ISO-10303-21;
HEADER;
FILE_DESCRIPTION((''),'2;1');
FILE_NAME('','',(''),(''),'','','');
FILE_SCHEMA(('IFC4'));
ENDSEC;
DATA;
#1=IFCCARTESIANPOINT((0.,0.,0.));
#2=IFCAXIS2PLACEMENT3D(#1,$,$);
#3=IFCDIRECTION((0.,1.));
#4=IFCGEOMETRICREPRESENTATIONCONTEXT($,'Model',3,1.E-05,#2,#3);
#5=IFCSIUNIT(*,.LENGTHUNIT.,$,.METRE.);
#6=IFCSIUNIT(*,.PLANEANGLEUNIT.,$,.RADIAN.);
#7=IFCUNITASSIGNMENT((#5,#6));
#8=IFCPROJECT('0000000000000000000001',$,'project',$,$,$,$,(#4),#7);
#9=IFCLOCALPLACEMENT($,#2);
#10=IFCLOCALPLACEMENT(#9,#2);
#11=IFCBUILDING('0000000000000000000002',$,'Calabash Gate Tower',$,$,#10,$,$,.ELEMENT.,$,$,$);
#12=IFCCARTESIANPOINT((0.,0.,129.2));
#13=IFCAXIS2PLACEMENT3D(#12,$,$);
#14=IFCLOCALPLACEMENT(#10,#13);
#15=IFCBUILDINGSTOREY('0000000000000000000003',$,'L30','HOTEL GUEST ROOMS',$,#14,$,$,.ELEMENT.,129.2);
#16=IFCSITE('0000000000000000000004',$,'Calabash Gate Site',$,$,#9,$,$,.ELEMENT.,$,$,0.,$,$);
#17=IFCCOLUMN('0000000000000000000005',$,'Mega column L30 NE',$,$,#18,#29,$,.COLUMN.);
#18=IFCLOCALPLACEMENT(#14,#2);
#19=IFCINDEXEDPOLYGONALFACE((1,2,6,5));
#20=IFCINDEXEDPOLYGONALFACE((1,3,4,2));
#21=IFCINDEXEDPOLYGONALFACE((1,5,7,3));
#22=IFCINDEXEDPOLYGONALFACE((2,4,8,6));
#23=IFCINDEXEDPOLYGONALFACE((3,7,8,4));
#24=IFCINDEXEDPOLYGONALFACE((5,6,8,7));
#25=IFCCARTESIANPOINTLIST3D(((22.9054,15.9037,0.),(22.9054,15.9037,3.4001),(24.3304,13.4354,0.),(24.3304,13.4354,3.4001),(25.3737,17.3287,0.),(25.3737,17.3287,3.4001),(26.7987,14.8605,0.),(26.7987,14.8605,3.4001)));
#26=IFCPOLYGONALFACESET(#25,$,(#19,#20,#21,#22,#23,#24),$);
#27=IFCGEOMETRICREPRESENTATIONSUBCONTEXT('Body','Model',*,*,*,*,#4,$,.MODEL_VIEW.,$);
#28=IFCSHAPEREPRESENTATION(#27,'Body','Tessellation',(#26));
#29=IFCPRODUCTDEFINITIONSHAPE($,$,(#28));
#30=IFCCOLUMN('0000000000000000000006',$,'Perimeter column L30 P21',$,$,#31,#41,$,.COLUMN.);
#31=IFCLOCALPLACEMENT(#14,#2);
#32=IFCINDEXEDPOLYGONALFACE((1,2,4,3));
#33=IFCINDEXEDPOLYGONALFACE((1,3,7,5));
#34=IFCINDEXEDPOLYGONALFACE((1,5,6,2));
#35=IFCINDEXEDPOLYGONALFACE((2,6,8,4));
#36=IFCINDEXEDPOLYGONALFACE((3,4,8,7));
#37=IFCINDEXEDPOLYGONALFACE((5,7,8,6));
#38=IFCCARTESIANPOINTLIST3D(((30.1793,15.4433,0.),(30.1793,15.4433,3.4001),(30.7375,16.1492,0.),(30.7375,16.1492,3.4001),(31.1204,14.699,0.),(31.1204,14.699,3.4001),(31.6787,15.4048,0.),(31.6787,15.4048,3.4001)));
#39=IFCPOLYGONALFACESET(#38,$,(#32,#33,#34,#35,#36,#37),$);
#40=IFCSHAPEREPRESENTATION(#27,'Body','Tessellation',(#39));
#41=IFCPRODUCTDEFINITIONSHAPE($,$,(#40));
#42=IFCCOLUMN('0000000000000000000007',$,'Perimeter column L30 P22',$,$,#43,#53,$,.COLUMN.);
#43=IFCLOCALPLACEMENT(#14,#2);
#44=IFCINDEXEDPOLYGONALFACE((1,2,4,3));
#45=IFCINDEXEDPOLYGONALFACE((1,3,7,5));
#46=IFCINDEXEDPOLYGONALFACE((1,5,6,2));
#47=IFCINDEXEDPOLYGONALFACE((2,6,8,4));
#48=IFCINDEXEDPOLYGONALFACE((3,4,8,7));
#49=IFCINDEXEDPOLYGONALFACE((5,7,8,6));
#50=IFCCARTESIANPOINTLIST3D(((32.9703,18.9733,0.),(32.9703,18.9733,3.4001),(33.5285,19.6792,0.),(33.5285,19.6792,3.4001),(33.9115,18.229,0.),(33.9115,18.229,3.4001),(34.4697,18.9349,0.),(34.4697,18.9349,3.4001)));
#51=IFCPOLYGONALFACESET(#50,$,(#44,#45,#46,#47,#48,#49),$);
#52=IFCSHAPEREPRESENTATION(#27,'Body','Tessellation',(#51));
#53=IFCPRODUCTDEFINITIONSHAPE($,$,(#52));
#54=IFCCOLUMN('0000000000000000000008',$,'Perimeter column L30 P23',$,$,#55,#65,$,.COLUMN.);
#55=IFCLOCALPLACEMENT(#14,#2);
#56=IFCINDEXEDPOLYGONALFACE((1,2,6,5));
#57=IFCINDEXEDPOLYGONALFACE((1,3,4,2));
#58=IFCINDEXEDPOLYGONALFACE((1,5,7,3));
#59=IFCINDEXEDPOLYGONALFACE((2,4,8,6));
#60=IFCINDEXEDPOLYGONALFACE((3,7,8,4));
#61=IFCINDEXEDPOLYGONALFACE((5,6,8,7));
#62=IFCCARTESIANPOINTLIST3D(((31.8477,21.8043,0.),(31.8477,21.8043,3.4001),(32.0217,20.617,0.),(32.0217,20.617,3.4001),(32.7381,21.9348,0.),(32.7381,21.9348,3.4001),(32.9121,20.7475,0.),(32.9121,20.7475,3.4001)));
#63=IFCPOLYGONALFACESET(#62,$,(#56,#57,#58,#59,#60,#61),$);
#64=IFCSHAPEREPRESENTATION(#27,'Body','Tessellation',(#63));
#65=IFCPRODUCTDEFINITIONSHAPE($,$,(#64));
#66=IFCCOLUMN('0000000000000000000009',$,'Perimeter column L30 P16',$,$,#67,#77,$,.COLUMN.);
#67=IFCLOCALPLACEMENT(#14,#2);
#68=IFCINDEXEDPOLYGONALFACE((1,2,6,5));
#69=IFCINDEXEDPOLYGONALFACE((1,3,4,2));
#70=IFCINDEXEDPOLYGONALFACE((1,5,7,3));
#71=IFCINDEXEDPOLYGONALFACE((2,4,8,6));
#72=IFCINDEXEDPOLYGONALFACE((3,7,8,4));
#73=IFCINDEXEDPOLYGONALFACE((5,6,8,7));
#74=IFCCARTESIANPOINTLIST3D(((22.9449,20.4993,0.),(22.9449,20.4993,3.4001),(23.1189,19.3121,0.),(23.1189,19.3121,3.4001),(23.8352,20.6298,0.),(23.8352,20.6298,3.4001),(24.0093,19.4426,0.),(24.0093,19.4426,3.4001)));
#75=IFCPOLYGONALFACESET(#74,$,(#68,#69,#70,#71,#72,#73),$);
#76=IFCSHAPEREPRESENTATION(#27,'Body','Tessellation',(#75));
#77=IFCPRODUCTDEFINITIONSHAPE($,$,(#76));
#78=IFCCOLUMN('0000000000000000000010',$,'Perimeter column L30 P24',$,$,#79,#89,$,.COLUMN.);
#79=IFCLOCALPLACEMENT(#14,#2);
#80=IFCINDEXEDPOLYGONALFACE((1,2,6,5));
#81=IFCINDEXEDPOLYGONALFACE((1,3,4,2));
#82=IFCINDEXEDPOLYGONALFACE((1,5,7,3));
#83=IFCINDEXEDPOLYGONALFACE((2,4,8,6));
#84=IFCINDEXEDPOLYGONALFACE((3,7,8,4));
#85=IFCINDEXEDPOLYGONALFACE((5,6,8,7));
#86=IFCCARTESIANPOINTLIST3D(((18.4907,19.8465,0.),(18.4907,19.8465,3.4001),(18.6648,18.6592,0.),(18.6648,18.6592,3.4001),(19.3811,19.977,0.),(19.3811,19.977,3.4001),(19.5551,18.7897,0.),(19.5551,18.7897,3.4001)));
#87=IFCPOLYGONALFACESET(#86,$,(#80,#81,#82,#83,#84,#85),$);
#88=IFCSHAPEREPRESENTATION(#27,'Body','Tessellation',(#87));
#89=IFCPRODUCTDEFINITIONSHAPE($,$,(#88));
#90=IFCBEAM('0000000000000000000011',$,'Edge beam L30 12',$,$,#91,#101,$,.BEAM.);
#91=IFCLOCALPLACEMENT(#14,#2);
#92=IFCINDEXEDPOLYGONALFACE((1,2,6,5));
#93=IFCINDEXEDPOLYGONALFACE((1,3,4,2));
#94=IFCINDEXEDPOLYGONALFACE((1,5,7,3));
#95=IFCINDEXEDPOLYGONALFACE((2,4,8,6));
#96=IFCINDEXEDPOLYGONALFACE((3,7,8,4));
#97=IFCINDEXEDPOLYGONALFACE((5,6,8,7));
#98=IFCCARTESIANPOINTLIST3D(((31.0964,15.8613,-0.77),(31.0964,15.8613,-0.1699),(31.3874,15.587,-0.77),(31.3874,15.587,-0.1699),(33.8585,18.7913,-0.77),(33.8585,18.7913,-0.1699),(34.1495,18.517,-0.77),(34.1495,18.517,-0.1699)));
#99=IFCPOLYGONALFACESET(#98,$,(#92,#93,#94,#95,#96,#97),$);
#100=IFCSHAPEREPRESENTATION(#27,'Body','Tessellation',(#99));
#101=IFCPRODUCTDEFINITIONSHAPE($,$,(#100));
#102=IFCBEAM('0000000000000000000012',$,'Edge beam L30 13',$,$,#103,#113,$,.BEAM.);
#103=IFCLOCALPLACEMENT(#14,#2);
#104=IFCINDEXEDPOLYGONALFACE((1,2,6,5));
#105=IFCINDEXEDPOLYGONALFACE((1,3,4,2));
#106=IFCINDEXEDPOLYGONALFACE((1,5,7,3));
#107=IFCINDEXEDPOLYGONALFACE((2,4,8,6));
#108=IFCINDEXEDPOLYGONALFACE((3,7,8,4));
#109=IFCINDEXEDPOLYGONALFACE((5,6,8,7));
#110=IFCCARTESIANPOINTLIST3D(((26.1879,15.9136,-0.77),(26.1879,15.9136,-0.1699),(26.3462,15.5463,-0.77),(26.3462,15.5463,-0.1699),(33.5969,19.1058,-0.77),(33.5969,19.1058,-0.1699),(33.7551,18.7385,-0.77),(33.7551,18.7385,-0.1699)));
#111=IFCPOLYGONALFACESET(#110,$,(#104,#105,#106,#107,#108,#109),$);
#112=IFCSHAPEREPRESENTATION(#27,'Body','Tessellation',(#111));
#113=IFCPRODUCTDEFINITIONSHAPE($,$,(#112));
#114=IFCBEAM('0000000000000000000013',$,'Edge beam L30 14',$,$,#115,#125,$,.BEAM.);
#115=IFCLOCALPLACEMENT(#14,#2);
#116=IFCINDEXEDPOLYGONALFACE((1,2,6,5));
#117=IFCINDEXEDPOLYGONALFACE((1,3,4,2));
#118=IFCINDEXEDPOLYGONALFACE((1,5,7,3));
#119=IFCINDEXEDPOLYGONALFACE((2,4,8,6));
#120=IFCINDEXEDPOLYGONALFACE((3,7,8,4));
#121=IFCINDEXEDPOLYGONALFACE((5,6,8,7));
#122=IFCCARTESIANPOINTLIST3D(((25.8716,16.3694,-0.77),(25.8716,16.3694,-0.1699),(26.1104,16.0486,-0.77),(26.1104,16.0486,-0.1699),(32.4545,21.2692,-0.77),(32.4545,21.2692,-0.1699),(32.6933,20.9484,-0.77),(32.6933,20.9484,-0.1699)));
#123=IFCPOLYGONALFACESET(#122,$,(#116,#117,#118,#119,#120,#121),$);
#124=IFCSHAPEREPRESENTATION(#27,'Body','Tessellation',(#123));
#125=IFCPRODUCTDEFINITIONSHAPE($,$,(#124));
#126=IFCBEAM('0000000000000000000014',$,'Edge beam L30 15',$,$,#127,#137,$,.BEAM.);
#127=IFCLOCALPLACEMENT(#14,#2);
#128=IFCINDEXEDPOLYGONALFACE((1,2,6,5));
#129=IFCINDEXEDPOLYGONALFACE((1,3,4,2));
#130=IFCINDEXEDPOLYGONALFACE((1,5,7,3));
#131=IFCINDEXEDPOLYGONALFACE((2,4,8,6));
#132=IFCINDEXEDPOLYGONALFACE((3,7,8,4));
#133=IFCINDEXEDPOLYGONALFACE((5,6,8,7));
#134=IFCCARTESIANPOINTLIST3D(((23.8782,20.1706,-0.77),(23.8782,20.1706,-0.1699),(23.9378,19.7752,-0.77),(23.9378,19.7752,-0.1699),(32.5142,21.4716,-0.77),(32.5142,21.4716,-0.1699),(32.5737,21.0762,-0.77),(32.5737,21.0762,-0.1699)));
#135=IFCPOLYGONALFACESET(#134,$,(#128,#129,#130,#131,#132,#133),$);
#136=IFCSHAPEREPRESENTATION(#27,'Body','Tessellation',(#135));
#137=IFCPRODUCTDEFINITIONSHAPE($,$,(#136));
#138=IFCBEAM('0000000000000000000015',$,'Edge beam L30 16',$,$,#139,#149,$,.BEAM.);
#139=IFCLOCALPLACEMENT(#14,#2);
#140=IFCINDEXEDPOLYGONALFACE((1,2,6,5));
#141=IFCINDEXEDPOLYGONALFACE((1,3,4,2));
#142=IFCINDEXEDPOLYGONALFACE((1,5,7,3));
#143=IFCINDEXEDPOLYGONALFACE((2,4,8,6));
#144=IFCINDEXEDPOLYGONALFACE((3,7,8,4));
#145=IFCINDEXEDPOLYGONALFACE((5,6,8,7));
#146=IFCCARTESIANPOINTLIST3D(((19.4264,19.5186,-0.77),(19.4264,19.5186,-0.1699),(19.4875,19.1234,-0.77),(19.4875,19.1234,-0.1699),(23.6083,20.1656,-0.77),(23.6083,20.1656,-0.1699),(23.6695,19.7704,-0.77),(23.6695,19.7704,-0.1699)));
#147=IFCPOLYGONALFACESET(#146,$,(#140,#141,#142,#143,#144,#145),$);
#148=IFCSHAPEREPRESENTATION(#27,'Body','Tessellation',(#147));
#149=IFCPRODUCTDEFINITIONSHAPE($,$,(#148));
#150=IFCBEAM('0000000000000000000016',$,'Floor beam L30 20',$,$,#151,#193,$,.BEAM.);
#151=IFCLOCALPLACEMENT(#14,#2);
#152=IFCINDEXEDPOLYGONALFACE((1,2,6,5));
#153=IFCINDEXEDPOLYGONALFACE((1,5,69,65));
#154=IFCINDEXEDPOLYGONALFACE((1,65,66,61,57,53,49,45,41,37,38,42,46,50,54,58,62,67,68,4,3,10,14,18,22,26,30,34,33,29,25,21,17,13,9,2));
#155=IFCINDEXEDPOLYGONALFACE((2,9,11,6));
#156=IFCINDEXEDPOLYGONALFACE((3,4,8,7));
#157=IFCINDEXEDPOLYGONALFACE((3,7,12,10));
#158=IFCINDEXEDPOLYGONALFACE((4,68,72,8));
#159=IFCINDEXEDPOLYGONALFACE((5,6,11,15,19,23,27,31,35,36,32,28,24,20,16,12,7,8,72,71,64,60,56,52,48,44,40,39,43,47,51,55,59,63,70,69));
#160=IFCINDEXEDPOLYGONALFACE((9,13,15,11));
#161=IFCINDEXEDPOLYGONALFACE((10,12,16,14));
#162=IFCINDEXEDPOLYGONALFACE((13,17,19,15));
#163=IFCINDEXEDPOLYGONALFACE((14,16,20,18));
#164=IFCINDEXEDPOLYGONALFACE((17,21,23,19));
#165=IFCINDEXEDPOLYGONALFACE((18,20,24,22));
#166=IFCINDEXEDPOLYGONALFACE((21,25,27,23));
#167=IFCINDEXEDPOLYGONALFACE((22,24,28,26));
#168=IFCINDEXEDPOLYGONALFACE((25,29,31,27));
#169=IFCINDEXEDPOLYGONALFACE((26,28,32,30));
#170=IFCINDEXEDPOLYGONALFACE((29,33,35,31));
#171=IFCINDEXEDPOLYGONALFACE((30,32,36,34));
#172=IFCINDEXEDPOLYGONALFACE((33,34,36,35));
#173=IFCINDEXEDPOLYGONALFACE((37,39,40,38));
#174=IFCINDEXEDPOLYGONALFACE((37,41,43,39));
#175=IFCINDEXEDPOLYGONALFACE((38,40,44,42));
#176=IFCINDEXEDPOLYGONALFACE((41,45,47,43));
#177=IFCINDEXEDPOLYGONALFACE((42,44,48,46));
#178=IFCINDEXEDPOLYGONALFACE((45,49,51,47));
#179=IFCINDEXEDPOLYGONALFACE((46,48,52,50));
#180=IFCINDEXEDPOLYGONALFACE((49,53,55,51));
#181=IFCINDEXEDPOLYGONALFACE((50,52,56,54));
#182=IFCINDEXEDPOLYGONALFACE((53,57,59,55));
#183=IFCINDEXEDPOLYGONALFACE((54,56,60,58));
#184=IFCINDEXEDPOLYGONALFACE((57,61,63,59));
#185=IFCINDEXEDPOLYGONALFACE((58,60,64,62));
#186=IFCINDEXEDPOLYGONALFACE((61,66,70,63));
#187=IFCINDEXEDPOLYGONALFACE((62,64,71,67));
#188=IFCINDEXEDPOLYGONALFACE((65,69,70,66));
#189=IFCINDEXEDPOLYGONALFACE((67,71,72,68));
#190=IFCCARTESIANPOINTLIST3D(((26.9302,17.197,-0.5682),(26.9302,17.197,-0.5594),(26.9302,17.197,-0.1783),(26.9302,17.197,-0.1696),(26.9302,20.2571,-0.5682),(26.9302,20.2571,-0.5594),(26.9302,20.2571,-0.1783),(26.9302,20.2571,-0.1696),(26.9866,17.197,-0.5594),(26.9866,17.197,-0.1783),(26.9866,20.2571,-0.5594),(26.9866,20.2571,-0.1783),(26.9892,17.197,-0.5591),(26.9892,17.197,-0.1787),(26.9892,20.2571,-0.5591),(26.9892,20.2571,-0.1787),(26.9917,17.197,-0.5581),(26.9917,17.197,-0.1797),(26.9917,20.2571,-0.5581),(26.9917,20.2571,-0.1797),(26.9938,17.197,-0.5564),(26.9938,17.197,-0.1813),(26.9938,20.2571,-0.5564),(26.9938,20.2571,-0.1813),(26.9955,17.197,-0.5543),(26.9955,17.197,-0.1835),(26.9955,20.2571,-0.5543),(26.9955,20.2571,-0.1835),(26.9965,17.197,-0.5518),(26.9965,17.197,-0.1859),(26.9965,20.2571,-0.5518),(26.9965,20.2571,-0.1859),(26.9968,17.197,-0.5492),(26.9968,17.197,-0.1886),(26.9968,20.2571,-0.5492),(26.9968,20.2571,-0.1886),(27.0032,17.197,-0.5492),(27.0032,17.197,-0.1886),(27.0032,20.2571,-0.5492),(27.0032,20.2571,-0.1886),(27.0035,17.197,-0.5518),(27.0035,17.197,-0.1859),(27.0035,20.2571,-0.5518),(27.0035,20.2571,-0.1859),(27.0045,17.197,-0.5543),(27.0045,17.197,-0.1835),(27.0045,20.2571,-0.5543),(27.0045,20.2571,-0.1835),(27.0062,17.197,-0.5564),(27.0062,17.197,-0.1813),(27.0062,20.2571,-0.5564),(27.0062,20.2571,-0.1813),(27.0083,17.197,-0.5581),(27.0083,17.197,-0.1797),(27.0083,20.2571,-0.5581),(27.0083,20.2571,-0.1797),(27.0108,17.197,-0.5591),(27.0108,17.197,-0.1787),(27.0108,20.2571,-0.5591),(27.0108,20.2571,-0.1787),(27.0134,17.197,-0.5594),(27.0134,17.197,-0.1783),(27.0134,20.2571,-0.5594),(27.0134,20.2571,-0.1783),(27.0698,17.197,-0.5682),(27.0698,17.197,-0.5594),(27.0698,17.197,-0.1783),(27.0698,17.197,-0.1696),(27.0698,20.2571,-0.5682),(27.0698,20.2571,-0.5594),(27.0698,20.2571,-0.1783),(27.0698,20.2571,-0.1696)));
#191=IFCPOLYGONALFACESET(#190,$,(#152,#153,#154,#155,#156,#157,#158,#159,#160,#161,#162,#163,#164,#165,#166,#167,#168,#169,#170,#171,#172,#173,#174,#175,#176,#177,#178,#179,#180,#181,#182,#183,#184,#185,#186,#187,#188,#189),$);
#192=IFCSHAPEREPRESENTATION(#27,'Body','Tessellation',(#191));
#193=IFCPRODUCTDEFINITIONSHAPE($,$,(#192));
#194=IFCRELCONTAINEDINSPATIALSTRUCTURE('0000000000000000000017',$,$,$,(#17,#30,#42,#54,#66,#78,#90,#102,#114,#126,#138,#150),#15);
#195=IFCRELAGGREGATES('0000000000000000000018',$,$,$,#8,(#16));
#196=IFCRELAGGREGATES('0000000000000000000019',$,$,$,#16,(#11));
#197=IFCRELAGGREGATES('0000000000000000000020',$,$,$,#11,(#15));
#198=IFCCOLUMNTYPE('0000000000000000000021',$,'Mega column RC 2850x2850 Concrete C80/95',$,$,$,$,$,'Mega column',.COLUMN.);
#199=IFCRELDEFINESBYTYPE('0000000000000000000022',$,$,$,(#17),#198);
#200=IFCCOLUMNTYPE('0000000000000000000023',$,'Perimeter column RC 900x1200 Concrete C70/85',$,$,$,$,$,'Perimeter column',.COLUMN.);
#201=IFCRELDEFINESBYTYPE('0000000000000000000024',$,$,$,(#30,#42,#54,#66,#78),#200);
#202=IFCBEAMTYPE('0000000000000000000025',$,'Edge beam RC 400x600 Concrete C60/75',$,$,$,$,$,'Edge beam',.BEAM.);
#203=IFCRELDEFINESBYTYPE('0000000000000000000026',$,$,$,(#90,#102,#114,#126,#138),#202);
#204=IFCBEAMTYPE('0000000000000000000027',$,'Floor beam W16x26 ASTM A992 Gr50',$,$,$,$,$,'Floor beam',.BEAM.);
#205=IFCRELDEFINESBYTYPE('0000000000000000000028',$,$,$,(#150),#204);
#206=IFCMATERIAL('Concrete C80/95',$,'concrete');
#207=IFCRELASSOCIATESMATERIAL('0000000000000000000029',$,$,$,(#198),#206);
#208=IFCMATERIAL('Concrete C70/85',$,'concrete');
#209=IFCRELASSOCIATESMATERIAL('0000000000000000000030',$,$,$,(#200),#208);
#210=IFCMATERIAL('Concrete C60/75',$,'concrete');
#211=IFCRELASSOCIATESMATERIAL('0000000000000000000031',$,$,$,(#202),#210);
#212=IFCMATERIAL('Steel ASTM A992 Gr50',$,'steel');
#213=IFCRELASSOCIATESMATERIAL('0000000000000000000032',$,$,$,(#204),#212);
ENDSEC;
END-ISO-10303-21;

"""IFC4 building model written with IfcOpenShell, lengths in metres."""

from ifc_helpers import new_model, si_unit, direction, frame, origin, origin_2d, place, context, subcontext, project, spatial, rectangle, i_section, extrude, material, material_profile, profile_set, type_object, element, save


model = new_model("IFC4")

# Units and contexts
model_context = context("Model", 3, precision=1e-05, world=origin(), true_north=direction((0.0, 1.0)))
body_context = subcontext(model_context, "Body", "Model", "MODEL_VIEW")
ifc_project = project(units=[si_unit("LENGTHUNIT", "METRE"), si_unit("PLANEANGLEUNIT", "RADIAN")], contexts=[model_context])

# Site, building, storey
site_placement = place(None, origin())
site = spatial("IfcSite", under=ifc_project, at=site_placement, Name="Calabash Gate Site", CompositionType="ELEMENT", RefElevation=0.0)
building_placement = place(site_placement, origin())
building = spatial("IfcBuilding", under=site, at=building_placement, Name="Calabash Gate Tower", CompositionType="ELEMENT")
storey_placement = place(building_placement, frame((0.0, 0.0, 129.2)))
storey = spatial("IfcBuildingStorey", under=building, at=storey_placement, Name="L30", Description="HOTEL GUEST ROOMS", CompositionType="ELEMENT", Elevation=129.2)

# Columns
ifc_material_1 = material(Name="Concrete C80/95", Category="concrete")
ifc_material_profile_1 = material_profile(ifc_material_1, rectangle(XDim=2.8501, YDim=2.8501, at=origin_2d()))
ifc_profile_set_1 = profile_set([ifc_material_profile_1], Name="Concrete C80/95")
column_type_1 = type_object("IfcColumnType", Name="Mega column RC 2850x2850 Concrete C80/95", ElementType="Mega column", PredefinedType="COLUMN", material=ifc_profile_set_1)
column_placement = place(storey_placement, frame((24.8521, 15.3821, 0.0), z_axis=(0.0, 0.0, 1.0), x_axis=(-0.866025, -0.5, 0.0)))
element("IfcColumn", 1, at=column_placement, inside=storey, type_object=column_type_1, Name="Mega column L30 NE", PredefinedType="COLUMN", context=body_context, shape_type="SweptSolid", body=[
    extrude(rectangle(XDim=2.8501, YDim=2.8501, at=origin_2d()), origin(), (0.0, 0.0, 1.0), 3.4001),
])
ifc_material_2 = material(Name="Concrete C70/85", Category="concrete")
ifc_material_profile_2 = material_profile(ifc_material_2, rectangle(XDim=0.8999, YDim=1.2, at=origin_2d()))
ifc_profile_set_2 = profile_set([ifc_material_profile_2], Name="Concrete C70/85")
column_type_2 = type_object("IfcColumnType", Name="Perimeter column RC 900x1200 Concrete C70/85", ElementType="Perimeter column", PredefinedType="COLUMN", material=ifc_profile_set_2)
for number, where, z_axis, x_axis, name in (
    (2, (30.929, 15.4241, 0.0), (0.0, 0.0, 1.0), (0.620301, 0.784364, 0.0), "Perimeter column L30 P21"),
    (3, (33.72, 18.9541, 0.0), (0.0, 0.0, 1.0), (0.620301, 0.784364, 0.0), "Perimeter column L30 P22"),
    (4, (32.3799, 21.2759, 0.0), (0.0, 0.0, 1.0), (-0.98943, -0.145015, 0.0), "Perimeter column L30 P23"),
    (5, (23.4771, 19.9709, 0.0), (0.0, 0.0, 1.0), (-0.98943, -0.145015, 0.0), "Perimeter column L30 P16"),
    (6, (19.0229, 19.3181, 0.0), (0.0, 0.0, 1.0), (-0.98943, -0.145015, 0.0), "Perimeter column L30 P24"),
):
    element("IfcColumn", number, at=place(storey_placement, frame(where, z_axis=z_axis, x_axis=x_axis)), inside=storey, type_object=column_type_2, Name=name, PredefinedType="COLUMN", context=body_context, shape_type="SweptSolid", body=[
        extrude(rectangle(XDim=0.8999, YDim=1.2, at=origin_2d()), origin(), (0.0, 0.0, 1.0), 3.4001),
    ])

# Beams
ifc_material_3 = material(Name="Concrete C60/75", Category="concrete")
ifc_material_profile_3 = material_profile(ifc_material_3, rectangle(XDim=0.3999, YDim=0.6001, at=origin_2d()))
ifc_profile_set_3 = profile_set([ifc_material_profile_3], Name="Concrete C60/75")
beam_type_1 = type_object("IfcBeamType", Name="Edge beam RC 400x600 Concrete C60/75", ElementType="Edge beam", PredefinedType="BEAM", material=ifc_profile_set_3)
beam_1_placement = place(storey_placement, frame((31.2419, 15.7241, -0.47), z_axis=(0.685941, 0.727657, 0.0), x_axis=(-0.727657, 0.685941, 0.0)))
element("IfcBeam", 7, at=beam_1_placement, inside=storey, type_object=beam_type_1, Name="Edge beam L30 12", PredefinedType="BEAM", context=body_context, shape_type="SweptSolid", body=[
    extrude(rectangle(XDim=0.3999, YDim=0.6001, at=origin_2d()), origin(), (0.0, 0.0, 1.0), 4.0266),
])
beam_2_placement = place(storey_placement, frame((33.676, 18.9221, -0.47), z_axis=(-0.918386, -0.395686, 0.0), x_axis=(0.395686, -0.918386, 0.0)))
element("IfcBeam", 8, at=beam_2_placement, inside=storey, type_object=beam_type_1, Name="Edge beam L30 13", PredefinedType="BEAM", context=body_context, shape_type="SweptSolid", body=[
    extrude(rectangle(XDim=0.3999, YDim=0.6001, at=origin_2d()), origin(), (0.0, 0.0, 1.0), 8.0674),
])
beam_3_placement = place(storey_placement, frame((25.991, 16.209, -0.47), z_axis=(0.80218, 0.597083, 0.0), x_axis=(-0.597083, 0.80218, 0.0)))
element("IfcBeam", 9, at=beam_3_placement, inside=storey, type_object=beam_type_1, Name="Edge beam L30 14", PredefinedType="BEAM", context=body_context, shape_type="SweptSolid", body=[
    extrude(rectangle(XDim=0.3999, YDim=0.6001, at=origin_2d()), origin(), (0.0, 0.0, 1.0), 8.2063),
])
beam_4_placement = place(storey_placement, frame((32.5439, 21.2739, -0.47), z_axis=(-0.988842, -0.148971, 0.0), x_axis=(0.148971, -0.988842, 0.0)))
element("IfcBeam", 10, at=beam_4_placement, inside=storey, type_object=beam_type_1, Name="Edge beam L30 15", PredefinedType="BEAM", context=body_context, shape_type="SweptSolid", body=[
    extrude(rectangle(XDim=0.3999, YDim=0.6001, at=origin_2d()), origin(), (0.0, 0.0, 1.0), 8.7334),
])
beam_5_placement = place(storey_placement, frame((23.6389, 19.968, -0.47), z_axis=(-0.988243, -0.15289, 0.0), x_axis=(0.15289, -0.988243, 0.0)))
element("IfcBeam", 11, at=beam_5_placement, inside=storey, type_object=beam_type_1, Name="Edge beam L30 16", PredefinedType="BEAM", context=body_context, shape_type="SweptSolid", body=[
    extrude(rectangle(XDim=0.3999, YDim=0.6001, at=origin_2d()), origin(), (0.0, 0.0, 1.0), 4.2317),
])
ifc_material_4 = material(Name="Steel ASTM A992 Gr50", Category="steel")
ifc_material_profile_4 = material_profile(ifc_material_4, i_section(OverallWidth=0.1396, OverallDepth=0.3987, WebThickness=0.0063, FlangeThickness=0.0088, FilletRadius=0.0103, at=origin_2d()))
ifc_profile_set_4 = profile_set([ifc_material_profile_4], Name="Steel ASTM A992 Gr50")
beam_type_2 = type_object("IfcBeamType", Name="Floor beam W16x26 ASTM A992 Gr50", ElementType="Floor beam", PredefinedType="BEAM", material=ifc_profile_set_4)
beam_6_placement = place(storey_placement, frame((27.0, 17.197, -0.3689), z_axis=(0.0, 1.0, 0.0), x_axis=(-1.0, 0.0, 0.0)))
element("IfcBeam", 12, at=beam_6_placement, inside=storey, type_object=beam_type_2, Name="Floor beam L30 20", PredefinedType="BEAM", context=body_context, shape_type="SweptSolid", body=[
    extrude(i_section(OverallWidth=0.1396, OverallDepth=0.3987, WebThickness=0.0063, FlangeThickness=0.0088, FilletRadius=0.0103, at=origin_2d()), origin(), (0.0, 0.0, 1.0), 3.0601),
])

save(model, "model.ifc")
